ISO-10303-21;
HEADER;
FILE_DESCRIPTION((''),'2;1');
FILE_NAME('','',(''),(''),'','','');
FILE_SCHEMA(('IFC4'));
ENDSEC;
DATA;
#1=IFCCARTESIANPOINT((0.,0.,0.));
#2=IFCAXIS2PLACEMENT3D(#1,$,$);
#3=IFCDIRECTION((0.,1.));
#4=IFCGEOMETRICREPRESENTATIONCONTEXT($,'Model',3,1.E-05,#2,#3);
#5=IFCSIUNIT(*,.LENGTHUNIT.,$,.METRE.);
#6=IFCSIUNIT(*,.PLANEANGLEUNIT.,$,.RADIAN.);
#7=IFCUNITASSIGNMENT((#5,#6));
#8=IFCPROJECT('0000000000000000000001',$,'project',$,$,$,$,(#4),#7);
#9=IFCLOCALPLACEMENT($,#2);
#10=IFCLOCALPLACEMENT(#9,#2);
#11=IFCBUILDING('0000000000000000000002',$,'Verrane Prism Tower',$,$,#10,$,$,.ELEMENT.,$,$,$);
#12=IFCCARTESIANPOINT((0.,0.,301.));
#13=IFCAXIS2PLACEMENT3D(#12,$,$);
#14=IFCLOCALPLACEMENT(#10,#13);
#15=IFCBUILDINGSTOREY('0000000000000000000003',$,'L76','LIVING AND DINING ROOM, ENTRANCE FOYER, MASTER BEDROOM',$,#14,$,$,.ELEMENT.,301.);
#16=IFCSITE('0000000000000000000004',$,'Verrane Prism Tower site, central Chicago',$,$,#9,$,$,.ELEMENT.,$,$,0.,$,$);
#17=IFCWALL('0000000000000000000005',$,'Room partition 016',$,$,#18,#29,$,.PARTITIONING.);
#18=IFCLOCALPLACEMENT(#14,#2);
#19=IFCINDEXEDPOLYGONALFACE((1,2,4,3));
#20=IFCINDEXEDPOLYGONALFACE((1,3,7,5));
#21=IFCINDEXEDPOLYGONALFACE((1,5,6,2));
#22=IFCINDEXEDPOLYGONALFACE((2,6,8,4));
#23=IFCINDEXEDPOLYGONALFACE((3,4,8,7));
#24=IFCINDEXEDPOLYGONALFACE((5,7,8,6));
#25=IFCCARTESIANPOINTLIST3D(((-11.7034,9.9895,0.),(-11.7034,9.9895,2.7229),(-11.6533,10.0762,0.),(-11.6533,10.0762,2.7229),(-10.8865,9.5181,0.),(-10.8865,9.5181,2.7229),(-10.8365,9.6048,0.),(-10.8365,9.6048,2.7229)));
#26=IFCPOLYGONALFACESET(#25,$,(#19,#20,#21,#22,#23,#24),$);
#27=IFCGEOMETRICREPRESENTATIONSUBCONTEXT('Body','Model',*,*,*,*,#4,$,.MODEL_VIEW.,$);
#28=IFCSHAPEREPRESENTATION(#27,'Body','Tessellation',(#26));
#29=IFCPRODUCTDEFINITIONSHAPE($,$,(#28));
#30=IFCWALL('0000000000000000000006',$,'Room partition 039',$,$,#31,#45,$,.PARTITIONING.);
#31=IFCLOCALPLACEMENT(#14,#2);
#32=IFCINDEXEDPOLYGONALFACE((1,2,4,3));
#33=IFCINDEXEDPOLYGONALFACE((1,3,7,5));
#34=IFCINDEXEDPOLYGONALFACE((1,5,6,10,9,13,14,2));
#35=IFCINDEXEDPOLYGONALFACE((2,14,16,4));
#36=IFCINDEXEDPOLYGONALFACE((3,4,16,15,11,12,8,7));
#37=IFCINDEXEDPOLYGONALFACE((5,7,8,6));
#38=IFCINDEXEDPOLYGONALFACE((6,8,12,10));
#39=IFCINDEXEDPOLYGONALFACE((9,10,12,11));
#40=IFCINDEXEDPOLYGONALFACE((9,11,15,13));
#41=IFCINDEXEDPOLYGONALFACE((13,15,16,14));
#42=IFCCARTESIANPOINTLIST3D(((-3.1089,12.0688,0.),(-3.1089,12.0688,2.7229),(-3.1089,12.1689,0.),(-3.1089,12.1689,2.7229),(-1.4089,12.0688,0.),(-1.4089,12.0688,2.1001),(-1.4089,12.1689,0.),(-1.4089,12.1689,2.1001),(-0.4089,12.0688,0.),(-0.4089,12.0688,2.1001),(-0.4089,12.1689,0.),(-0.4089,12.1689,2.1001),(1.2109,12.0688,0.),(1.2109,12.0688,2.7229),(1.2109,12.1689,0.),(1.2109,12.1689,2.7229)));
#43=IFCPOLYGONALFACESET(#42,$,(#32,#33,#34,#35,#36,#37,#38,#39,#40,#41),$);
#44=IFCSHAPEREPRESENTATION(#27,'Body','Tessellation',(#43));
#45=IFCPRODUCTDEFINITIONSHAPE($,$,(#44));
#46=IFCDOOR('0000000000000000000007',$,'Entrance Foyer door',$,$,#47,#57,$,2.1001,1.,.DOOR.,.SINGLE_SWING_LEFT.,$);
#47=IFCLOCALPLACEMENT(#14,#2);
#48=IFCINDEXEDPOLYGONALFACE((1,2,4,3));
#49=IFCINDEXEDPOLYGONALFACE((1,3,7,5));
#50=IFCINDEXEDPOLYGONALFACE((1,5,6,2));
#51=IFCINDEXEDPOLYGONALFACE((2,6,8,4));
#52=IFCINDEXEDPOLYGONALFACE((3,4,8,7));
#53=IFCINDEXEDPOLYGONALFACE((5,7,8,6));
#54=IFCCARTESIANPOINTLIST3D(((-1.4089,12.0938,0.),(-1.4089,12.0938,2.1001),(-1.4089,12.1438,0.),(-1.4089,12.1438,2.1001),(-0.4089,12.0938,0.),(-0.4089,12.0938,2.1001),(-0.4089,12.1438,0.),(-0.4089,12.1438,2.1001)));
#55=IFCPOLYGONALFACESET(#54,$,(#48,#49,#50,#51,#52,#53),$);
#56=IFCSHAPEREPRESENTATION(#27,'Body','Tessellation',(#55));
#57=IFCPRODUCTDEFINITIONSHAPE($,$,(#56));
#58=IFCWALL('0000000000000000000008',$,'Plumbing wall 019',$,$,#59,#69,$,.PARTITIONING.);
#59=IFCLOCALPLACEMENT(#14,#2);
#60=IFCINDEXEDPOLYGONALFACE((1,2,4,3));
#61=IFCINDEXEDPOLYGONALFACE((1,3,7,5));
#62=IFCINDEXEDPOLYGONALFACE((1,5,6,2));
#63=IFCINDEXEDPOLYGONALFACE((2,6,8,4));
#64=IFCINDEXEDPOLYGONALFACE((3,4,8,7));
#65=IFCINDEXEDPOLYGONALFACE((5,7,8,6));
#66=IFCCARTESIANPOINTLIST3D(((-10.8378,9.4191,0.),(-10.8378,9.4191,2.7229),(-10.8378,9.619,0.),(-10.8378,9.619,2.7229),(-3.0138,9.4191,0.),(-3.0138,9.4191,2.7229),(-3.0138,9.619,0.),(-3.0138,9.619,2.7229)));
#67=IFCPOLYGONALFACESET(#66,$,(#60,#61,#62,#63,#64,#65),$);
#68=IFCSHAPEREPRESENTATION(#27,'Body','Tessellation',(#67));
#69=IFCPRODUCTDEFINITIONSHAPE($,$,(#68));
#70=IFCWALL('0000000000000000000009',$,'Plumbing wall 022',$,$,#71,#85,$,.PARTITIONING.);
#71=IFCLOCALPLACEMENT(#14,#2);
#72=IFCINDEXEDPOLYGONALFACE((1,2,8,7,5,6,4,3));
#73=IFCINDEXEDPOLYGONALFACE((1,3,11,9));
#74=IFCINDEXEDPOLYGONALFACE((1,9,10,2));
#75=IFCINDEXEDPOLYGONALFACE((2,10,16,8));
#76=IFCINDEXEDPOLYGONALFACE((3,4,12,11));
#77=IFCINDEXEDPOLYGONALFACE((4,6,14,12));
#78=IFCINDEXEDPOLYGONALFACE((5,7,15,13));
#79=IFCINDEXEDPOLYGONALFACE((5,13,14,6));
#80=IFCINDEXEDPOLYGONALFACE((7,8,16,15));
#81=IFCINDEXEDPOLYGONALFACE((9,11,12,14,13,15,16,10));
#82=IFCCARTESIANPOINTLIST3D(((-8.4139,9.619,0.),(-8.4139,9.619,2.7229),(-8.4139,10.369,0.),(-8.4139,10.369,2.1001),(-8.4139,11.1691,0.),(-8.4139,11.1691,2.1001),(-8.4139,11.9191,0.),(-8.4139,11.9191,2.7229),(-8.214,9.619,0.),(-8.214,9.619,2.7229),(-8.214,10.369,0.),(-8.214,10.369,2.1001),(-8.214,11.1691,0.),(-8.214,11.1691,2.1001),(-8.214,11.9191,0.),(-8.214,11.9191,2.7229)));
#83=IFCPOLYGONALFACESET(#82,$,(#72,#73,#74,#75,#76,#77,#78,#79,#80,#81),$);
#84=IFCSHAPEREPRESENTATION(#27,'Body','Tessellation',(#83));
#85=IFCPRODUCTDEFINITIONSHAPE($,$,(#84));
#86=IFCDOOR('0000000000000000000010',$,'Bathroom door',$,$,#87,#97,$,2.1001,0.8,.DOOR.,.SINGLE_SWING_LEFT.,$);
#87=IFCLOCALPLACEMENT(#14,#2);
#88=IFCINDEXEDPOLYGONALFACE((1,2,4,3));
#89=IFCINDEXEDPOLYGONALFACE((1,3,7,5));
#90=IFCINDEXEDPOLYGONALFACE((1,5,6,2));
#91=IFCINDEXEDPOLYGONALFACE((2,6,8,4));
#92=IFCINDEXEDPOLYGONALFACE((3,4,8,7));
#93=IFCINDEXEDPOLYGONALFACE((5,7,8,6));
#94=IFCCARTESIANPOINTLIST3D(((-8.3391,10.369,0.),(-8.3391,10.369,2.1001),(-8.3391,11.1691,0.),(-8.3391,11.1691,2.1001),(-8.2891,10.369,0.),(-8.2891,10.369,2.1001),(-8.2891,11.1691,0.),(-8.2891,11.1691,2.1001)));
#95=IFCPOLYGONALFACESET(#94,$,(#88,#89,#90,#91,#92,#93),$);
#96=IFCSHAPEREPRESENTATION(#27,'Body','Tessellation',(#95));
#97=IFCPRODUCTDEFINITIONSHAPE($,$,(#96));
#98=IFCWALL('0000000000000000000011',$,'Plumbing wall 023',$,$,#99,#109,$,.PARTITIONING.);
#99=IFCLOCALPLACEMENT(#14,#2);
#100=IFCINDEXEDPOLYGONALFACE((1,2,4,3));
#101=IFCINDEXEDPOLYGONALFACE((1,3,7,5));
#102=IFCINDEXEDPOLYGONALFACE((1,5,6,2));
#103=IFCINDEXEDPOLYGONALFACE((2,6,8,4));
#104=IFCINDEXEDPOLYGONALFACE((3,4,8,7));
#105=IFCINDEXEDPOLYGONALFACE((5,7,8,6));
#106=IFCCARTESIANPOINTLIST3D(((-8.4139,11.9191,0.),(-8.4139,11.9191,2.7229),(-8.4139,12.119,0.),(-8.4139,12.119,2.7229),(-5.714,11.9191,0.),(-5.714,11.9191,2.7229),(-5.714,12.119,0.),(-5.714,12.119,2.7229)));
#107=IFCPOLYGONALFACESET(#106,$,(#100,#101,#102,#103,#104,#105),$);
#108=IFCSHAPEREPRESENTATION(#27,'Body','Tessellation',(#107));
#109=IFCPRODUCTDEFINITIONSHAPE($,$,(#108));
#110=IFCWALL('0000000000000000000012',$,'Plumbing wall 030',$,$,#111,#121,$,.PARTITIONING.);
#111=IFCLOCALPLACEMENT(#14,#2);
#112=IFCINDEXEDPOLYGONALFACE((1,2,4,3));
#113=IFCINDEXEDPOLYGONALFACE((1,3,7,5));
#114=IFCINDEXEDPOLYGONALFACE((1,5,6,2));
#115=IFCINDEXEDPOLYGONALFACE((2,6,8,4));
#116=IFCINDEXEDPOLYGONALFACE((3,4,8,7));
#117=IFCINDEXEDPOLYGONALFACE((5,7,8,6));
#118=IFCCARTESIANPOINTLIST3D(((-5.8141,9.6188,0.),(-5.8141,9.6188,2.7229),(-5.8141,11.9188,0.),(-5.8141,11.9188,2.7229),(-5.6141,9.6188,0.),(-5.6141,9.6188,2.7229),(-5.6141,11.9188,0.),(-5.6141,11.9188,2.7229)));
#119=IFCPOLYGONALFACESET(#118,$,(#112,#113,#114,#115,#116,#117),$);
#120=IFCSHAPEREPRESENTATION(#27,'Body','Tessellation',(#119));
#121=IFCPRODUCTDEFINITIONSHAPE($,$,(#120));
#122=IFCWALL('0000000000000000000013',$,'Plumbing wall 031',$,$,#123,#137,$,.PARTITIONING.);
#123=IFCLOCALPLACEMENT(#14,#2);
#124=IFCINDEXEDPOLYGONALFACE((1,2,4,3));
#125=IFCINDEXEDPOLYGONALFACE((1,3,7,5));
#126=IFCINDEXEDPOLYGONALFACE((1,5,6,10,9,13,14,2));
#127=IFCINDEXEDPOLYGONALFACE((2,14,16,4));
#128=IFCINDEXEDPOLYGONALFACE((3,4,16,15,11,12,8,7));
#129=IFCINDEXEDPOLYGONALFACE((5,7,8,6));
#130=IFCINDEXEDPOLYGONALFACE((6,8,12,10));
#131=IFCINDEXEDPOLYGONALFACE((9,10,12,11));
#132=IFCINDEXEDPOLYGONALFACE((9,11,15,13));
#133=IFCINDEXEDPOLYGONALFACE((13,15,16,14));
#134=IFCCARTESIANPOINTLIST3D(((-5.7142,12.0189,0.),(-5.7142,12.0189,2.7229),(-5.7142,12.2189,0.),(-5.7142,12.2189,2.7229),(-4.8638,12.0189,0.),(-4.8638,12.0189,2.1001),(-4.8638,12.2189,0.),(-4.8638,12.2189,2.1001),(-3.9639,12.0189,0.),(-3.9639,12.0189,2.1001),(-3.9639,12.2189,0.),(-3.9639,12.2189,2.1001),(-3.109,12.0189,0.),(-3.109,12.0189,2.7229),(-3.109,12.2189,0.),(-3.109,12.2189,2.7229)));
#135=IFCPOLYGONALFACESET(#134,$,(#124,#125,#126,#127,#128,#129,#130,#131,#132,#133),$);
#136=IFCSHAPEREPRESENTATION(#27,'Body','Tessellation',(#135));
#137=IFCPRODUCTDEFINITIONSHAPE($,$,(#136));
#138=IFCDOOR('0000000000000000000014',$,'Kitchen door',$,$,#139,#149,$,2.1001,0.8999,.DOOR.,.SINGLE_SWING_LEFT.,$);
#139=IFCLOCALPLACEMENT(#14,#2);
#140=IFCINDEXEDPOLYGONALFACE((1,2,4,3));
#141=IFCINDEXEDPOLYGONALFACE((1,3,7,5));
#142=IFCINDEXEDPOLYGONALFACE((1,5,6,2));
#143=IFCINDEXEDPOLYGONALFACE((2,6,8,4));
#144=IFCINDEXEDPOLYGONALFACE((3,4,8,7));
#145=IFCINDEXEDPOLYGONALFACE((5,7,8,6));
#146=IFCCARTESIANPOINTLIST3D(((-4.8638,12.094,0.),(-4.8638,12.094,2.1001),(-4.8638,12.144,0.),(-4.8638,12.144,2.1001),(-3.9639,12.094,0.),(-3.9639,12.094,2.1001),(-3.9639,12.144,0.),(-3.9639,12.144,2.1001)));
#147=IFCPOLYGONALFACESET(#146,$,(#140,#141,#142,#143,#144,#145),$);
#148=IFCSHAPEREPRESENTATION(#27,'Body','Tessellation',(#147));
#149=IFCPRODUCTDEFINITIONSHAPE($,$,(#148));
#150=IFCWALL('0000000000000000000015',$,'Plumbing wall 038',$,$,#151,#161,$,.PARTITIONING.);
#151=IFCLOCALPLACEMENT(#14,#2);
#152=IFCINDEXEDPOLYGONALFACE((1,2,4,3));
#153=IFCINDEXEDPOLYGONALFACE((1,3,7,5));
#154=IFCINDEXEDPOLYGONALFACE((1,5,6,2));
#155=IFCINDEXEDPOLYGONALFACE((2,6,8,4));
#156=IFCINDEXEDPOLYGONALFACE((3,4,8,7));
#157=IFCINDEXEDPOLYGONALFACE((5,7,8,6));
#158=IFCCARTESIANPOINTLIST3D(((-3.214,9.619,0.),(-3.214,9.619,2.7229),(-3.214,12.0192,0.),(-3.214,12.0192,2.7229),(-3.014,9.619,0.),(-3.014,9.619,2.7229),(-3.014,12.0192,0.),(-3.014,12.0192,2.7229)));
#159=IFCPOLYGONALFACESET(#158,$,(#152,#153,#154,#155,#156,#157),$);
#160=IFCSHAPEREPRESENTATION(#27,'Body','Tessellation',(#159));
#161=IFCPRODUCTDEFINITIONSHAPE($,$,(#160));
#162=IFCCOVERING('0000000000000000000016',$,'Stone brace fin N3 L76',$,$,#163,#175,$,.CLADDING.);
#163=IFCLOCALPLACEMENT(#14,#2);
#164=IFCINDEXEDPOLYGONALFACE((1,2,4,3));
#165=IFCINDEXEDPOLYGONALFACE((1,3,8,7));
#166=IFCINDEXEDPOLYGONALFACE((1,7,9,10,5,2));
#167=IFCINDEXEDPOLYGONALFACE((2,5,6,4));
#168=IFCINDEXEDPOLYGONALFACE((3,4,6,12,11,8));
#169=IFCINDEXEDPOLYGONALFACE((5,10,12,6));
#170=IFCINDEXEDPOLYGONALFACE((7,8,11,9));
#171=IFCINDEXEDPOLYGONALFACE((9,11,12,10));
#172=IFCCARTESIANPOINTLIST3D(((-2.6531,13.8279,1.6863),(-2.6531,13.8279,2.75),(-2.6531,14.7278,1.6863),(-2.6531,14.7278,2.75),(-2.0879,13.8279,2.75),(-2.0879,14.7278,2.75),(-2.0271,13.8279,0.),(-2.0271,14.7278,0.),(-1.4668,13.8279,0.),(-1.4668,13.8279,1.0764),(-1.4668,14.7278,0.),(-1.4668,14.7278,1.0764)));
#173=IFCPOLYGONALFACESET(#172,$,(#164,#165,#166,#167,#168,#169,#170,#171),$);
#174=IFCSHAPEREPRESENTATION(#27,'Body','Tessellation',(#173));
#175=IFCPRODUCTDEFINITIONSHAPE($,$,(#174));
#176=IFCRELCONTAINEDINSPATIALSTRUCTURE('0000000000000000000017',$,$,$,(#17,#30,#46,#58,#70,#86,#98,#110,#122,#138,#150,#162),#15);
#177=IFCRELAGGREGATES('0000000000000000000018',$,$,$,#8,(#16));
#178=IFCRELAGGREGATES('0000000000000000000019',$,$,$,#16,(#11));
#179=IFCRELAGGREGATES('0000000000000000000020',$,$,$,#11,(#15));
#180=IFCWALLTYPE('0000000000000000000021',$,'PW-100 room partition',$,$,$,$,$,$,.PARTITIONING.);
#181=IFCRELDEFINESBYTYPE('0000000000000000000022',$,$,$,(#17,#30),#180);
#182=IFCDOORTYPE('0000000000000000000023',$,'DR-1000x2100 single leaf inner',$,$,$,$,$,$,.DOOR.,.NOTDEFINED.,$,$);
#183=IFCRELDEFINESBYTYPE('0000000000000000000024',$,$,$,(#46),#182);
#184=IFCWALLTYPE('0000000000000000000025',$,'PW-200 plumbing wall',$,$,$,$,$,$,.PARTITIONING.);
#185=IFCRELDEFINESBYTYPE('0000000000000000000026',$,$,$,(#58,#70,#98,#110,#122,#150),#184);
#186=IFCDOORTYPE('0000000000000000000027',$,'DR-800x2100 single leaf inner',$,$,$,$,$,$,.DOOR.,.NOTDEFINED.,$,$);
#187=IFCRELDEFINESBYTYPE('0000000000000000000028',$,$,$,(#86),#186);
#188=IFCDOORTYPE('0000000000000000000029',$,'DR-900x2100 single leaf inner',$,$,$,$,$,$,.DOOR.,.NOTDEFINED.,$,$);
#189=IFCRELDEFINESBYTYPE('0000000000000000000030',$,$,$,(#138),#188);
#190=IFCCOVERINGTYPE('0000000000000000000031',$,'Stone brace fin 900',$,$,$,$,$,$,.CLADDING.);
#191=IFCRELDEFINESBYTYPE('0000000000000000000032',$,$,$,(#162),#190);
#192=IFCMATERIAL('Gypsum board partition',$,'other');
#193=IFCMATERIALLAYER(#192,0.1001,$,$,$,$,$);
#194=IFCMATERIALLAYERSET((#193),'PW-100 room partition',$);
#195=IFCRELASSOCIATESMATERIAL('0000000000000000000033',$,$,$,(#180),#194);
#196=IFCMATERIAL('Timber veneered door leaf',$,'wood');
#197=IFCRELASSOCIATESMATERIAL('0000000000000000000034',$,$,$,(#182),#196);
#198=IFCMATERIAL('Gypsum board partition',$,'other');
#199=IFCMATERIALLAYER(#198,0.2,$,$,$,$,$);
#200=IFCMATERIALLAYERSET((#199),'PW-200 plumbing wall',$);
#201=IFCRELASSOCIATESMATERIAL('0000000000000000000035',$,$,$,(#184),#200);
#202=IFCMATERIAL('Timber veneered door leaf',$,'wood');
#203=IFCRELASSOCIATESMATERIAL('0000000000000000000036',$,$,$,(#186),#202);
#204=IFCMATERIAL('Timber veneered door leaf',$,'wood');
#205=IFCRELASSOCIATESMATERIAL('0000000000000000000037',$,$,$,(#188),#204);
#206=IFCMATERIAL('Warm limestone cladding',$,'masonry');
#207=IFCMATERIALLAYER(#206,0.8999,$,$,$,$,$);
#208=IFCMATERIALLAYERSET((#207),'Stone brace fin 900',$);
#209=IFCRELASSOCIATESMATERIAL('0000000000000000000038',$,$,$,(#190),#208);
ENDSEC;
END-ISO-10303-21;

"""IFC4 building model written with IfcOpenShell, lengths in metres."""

from ifc_helpers import new_model, si_unit, direction, frame, frame_2d, origin, place, context, subcontext, project, spatial, polyline, rectangle, outline, extrude, material, layer, layer_set, type_object, element, fill, save


model = new_model("IFC4")

# Units and contexts
model_context = context("Model", 3, precision=1e-05, world=origin(), true_north=direction((0.0, 1.0)))
body_context = subcontext(model_context, "Body", "Model", "MODEL_VIEW")
ifc_project = project(units=[si_unit("LENGTHUNIT", "METRE"), si_unit("PLANEANGLEUNIT", "RADIAN")], contexts=[model_context])

# Site, building, storey
site_placement = place(None, origin())
site = spatial("IfcSite", under=ifc_project, at=site_placement, Name="Verrane Prism Tower site, central Chicago", CompositionType="ELEMENT", RefElevation=0.0)
building_placement = place(site_placement, origin())
building = spatial("IfcBuilding", under=site, at=building_placement, Name="Verrane Prism Tower", CompositionType="ELEMENT")
storey_placement = place(building_placement, frame((0.0, 0.0, 301.0)))
storey = spatial("IfcBuildingStorey", under=building, at=storey_placement, Name="L76", Description="LIVING AND DINING ROOM, ENTRANCE FOYER, MASTER BEDROOM", CompositionType="ELEMENT", Elevation=301.0)

# Wall
ifc_material_1 = material(Name="Gypsum board partition", Category="other")
ifc_layer_1 = layer(ifc_material_1, 0.1001)
ifc_layer_set_1 = layer_set([ifc_layer_1], Name="PW-100 room partition")
wall_type_1 = type_object("IfcWallType", Name="PW-100 room partition", PredefinedType="PARTITIONING", material=ifc_layer_set_1)
wall_1_placement = place(storey_placement, frame((-11.6785, 10.033, 0.0), z_axis=(0.0, 0.0, 1.0), x_axis=(0.866117, -0.499842, 0.0)))
element("IfcWall", 1, at=wall_1_placement, inside=storey, type_object=wall_type_1, Name="Room partition 016", PredefinedType="PARTITIONING", context=body_context, shape_type="SweptSolid", body=[
    extrude(rectangle(XDim=0.9431, YDim=0.1001, at=frame_2d((0.4717, 0.0))), origin(), (0.0, 0.0, 1.0), 2.7229),
])

# Wall, opening, door
wall_2_placement = place(storey_placement, frame((-3.1089, 12.1189, 0.0), z_axis=(0.0, 0.0, 1.0), x_axis=(1.0, 0.0, 0.0)))
wall_2 = element("IfcWall", 2, at=wall_2_placement, inside=storey, type_object=wall_type_1, Name="Room partition 039", PredefinedType="PARTITIONING", context=body_context, shape_type="SweptSolid", body=[
    extrude(rectangle(XDim=4.3198, YDim=0.1001, at=frame_2d((2.1599, 0.0))), origin(), (0.0, 0.0, 1.0), 2.7229),
])
opening_1_placement = place(wall_2_placement, frame((1.7, 0.0, 0.0)))
opening_1 = element("IfcOpeningElement", 3, at=opening_1_placement, cuts=wall_2, PredefinedType="OPENING", context=body_context, shape_type="SweptSolid", body=[
    extrude(rectangle(XDim=1.0, YDim=2.1001, at=frame_2d((0.5, 1.05))), frame((0.0, 0.0601, 0.0), z_axis=(0.0, -1.0, 0.0), x_axis=(1.0, 0.0, 0.0)), (0.0, 0.0, 1.0), 0.1201),
])
ifc_material_2 = material(Name="Timber veneered door leaf", Category="wood")
door_type_1 = type_object("IfcDoorType", Name="DR-1000x2100 single leaf inner", OperationType="NOTDEFINED", PredefinedType="DOOR", material=ifc_material_2)
door_1_placement = place(opening_1_placement, origin())
door_1 = element("IfcDoor", 4, at=door_1_placement, inside=storey, type_object=door_type_1, Name="Entrance Foyer door", OperationType="SINGLE_SWING_LEFT", OverallHeight=2.1001, OverallWidth=1.0, PredefinedType="DOOR", context=body_context, shape_type="SweptSolid", body=[
    extrude(rectangle(XDim=1.0, YDim=2.1001, at=frame_2d((0.5, 1.05))), frame((0.0, 0.0249, 0.0), z_axis=(0.0, -1.0, 0.0), x_axis=(1.0, 0.0, 0.0)), (0.0, 0.0, 1.0), 0.05),
])
fill(opening_1, door_1)

# Wall
ifc_material_3 = material(Name="Gypsum board partition", Category="other")
ifc_layer_2 = layer(ifc_material_3, 0.2)
ifc_layer_set_2 = layer_set([ifc_layer_2], Name="PW-200 plumbing wall")
wall_type_2 = type_object("IfcWallType", Name="PW-200 plumbing wall", PredefinedType="PARTITIONING", material=ifc_layer_set_2)
wall_3_placement = place(storey_placement, frame((-10.8379, 9.519, 0.0), z_axis=(0.0, 0.0, 1.0), x_axis=(1.0, 0.0, 0.0)))
element("IfcWall", 5, at=wall_3_placement, inside=storey, type_object=wall_type_2, Name="Plumbing wall 019", PredefinedType="PARTITIONING", context=body_context, shape_type="SweptSolid", body=[
    extrude(rectangle(XDim=7.824, YDim=0.2, at=frame_2d((3.9121, 0.0))), origin(), (0.0, 0.0, 1.0), 2.7229),
])

# Wall, opening, door
wall_4_placement = place(storey_placement, frame((-8.314, 11.9189, 0.0), z_axis=(0.0, 0.0, 1.0), x_axis=(0.0, -1.0, 0.0)))
wall_4 = element("IfcWall", 6, at=wall_4_placement, inside=storey, type_object=wall_type_2, Name="Plumbing wall 022", PredefinedType="PARTITIONING", context=body_context, shape_type="SweptSolid", body=[
    extrude(rectangle(XDim=2.3, YDim=0.2, at=frame_2d((1.1499, 0.0))), origin(), (0.0, 0.0, 1.0), 2.7229),
])
opening_2_placement = place(wall_4_placement, frame((0.75, 0.0, 0.0)))
opening_2 = element("IfcOpeningElement", 7, at=opening_2_placement, cuts=wall_4, PredefinedType="OPENING", context=body_context, shape_type="SweptSolid", body=[
    extrude(rectangle(XDim=0.8, YDim=2.1001, at=frame_2d((0.3999, 1.05))), frame((0.0, 0.1099, 0.0), z_axis=(0.0, -1.0, 0.0), x_axis=(1.0, 0.0, 0.0)), (0.0, 0.0, 1.0), 0.22),
])
ifc_material_4 = material(Name="Timber veneered door leaf", Category="wood")
door_type_2 = type_object("IfcDoorType", Name="DR-800x2100 single leaf inner", OperationType="NOTDEFINED", PredefinedType="DOOR", material=ifc_material_4)
door_2_placement = place(opening_2_placement, origin())
door_2 = element("IfcDoor", 8, at=door_2_placement, inside=storey, type_object=door_type_2, Name="Bathroom door", OperationType="SINGLE_SWING_LEFT", OverallHeight=2.1001, OverallWidth=0.8, PredefinedType="DOOR", context=body_context, shape_type="SweptSolid", body=[
    extrude(rectangle(XDim=0.8, YDim=2.1001, at=frame_2d((0.3999, 1.05))), frame((0.0, 0.0249, 0.0), z_axis=(0.0, -1.0, 0.0), x_axis=(1.0, 0.0, 0.0)), (0.0, 0.0, 1.0), 0.05),
])
fill(opening_2, door_2)

# Walls
wall_5_placement = place(storey_placement, frame((-8.4141, 12.019, 0.0), z_axis=(0.0, 0.0, 1.0), x_axis=(1.0, 0.0, 0.0)))
element("IfcWall", 9, at=wall_5_placement, inside=storey, type_object=wall_type_2, Name="Plumbing wall 023", PredefinedType="PARTITIONING", context=body_context, shape_type="SweptSolid", body=[
    extrude(rectangle(XDim=2.7, YDim=0.2, at=frame_2d((1.3501, 0.0))), origin(), (0.0, 0.0, 1.0), 2.7229),
])
wall_6_placement = place(storey_placement, frame((-5.7141, 9.6189, 0.0), z_axis=(0.0, 0.0, 1.0), x_axis=(0.0, 1.0, 0.0)))
element("IfcWall", 10, at=wall_6_placement, inside=storey, type_object=wall_type_2, Name="Plumbing wall 030", PredefinedType="PARTITIONING", context=body_context, shape_type="SweptSolid", body=[
    extrude(rectangle(XDim=2.3, YDim=0.2, at=frame_2d((1.1499, 0.0))), origin(), (0.0, 0.0, 1.0), 2.7229),
])

# Wall, opening, door
wall_7_placement = place(storey_placement, frame((-3.1089, 12.1189, 0.0), z_axis=(0.0, 0.0, 1.0), x_axis=(-1.0, 0.0, 0.0)))
wall_7 = element("IfcWall", 11, at=wall_7_placement, inside=storey, type_object=wall_type_2, Name="Plumbing wall 031", PredefinedType="PARTITIONING", context=body_context, shape_type="SweptSolid", body=[
    extrude(rectangle(XDim=2.6052, YDim=0.2, at=frame_2d((1.3027, 0.0))), origin(), (0.0, 0.0, 1.0), 2.7229),
])
opening_3_placement = place(wall_7_placement, frame((0.855, 0.0, 0.0)))
opening_3 = element("IfcOpeningElement", 12, at=opening_3_placement, cuts=wall_7, PredefinedType="OPENING", context=body_context, shape_type="SweptSolid", body=[
    extrude(rectangle(XDim=0.8999, YDim=2.1001, at=frame_2d((0.45, 1.05))), frame((0.0, 0.1099, 0.0), z_axis=(0.0, -1.0, 0.0), x_axis=(1.0, 0.0, 0.0)), (0.0, 0.0, 1.0), 0.22),
])
ifc_material_5 = material(Name="Timber veneered door leaf", Category="wood")
door_type_3 = type_object("IfcDoorType", Name="DR-900x2100 single leaf inner", OperationType="NOTDEFINED", PredefinedType="DOOR", material=ifc_material_5)
door_3_placement = place(opening_3_placement, origin())
door_3 = element("IfcDoor", 13, at=door_3_placement, inside=storey, type_object=door_type_3, Name="Kitchen door", OperationType="SINGLE_SWING_LEFT", OverallHeight=2.1001, OverallWidth=0.8999, PredefinedType="DOOR", context=body_context, shape_type="SweptSolid", body=[
    extrude(rectangle(XDim=0.8999, YDim=2.1001, at=frame_2d((0.45, 1.05))), frame((0.0, 0.0249, 0.0), z_axis=(0.0, -1.0, 0.0), x_axis=(1.0, 0.0, 0.0)), (0.0, 0.0, 1.0), 0.05),
])
fill(opening_3, door_3)

# Wall
wall_8_placement = place(storey_placement, frame((-3.114, 9.6189, 0.0), z_axis=(0.0, 0.0, 1.0), x_axis=(0.0, 1.0, 0.0)))
element("IfcWall", 14, at=wall_8_placement, inside=storey, type_object=wall_type_2, Name="Plumbing wall 038", PredefinedType="PARTITIONING", context=body_context, shape_type="SweptSolid", body=[
    extrude(rectangle(XDim=2.4001, YDim=0.2, at=frame_2d((1.2002, 0.0))), origin(), (0.0, 0.0, 1.0), 2.7229),
])

# Covering
ifc_material_6 = material(Name="Warm limestone cladding", Category="masonry")
ifc_layer_3 = layer(ifc_material_6, 0.8999)
ifc_layer_set_3 = layer_set([ifc_layer_3], Name="Stone brace fin 900")
covering_type = type_object("IfcCoveringType", Name="Stone brace fin 900", PredefinedType="CLADDING", material=ifc_layer_set_3)
for number, where, z_axis, x_axis, name in (
    (15, (-1.4668, 14.2778, 0.0), (0.0, 0.0, 1.0), (-1.0, 0.0, 0.0), "Stone brace fin N3 L76"),
):
    element("IfcCovering", number, at=place(storey_placement, frame(where, z_axis=z_axis, x_axis=x_axis)), inside=storey, type_object=covering_type, Name=name, PredefinedType="CLADDING", context=body_context, shape_type="SweptSolid", body=[
        extrude(outline(polyline([(1.1863, 2.75), (0.6211, 2.75), (0.0, 1.0764), (0.0, 0.0), (0.5603, 0.0), (1.1863, 1.6863), (1.1863, 2.75)])), frame((0.0, 0.45, 0.0), z_axis=(0.0, -1.0, 0.0), x_axis=(1.0, 0.0, 0.0)), (0.0, 0.0, 1.0), 0.8999),
    ])

save(model, "model.ifc")
